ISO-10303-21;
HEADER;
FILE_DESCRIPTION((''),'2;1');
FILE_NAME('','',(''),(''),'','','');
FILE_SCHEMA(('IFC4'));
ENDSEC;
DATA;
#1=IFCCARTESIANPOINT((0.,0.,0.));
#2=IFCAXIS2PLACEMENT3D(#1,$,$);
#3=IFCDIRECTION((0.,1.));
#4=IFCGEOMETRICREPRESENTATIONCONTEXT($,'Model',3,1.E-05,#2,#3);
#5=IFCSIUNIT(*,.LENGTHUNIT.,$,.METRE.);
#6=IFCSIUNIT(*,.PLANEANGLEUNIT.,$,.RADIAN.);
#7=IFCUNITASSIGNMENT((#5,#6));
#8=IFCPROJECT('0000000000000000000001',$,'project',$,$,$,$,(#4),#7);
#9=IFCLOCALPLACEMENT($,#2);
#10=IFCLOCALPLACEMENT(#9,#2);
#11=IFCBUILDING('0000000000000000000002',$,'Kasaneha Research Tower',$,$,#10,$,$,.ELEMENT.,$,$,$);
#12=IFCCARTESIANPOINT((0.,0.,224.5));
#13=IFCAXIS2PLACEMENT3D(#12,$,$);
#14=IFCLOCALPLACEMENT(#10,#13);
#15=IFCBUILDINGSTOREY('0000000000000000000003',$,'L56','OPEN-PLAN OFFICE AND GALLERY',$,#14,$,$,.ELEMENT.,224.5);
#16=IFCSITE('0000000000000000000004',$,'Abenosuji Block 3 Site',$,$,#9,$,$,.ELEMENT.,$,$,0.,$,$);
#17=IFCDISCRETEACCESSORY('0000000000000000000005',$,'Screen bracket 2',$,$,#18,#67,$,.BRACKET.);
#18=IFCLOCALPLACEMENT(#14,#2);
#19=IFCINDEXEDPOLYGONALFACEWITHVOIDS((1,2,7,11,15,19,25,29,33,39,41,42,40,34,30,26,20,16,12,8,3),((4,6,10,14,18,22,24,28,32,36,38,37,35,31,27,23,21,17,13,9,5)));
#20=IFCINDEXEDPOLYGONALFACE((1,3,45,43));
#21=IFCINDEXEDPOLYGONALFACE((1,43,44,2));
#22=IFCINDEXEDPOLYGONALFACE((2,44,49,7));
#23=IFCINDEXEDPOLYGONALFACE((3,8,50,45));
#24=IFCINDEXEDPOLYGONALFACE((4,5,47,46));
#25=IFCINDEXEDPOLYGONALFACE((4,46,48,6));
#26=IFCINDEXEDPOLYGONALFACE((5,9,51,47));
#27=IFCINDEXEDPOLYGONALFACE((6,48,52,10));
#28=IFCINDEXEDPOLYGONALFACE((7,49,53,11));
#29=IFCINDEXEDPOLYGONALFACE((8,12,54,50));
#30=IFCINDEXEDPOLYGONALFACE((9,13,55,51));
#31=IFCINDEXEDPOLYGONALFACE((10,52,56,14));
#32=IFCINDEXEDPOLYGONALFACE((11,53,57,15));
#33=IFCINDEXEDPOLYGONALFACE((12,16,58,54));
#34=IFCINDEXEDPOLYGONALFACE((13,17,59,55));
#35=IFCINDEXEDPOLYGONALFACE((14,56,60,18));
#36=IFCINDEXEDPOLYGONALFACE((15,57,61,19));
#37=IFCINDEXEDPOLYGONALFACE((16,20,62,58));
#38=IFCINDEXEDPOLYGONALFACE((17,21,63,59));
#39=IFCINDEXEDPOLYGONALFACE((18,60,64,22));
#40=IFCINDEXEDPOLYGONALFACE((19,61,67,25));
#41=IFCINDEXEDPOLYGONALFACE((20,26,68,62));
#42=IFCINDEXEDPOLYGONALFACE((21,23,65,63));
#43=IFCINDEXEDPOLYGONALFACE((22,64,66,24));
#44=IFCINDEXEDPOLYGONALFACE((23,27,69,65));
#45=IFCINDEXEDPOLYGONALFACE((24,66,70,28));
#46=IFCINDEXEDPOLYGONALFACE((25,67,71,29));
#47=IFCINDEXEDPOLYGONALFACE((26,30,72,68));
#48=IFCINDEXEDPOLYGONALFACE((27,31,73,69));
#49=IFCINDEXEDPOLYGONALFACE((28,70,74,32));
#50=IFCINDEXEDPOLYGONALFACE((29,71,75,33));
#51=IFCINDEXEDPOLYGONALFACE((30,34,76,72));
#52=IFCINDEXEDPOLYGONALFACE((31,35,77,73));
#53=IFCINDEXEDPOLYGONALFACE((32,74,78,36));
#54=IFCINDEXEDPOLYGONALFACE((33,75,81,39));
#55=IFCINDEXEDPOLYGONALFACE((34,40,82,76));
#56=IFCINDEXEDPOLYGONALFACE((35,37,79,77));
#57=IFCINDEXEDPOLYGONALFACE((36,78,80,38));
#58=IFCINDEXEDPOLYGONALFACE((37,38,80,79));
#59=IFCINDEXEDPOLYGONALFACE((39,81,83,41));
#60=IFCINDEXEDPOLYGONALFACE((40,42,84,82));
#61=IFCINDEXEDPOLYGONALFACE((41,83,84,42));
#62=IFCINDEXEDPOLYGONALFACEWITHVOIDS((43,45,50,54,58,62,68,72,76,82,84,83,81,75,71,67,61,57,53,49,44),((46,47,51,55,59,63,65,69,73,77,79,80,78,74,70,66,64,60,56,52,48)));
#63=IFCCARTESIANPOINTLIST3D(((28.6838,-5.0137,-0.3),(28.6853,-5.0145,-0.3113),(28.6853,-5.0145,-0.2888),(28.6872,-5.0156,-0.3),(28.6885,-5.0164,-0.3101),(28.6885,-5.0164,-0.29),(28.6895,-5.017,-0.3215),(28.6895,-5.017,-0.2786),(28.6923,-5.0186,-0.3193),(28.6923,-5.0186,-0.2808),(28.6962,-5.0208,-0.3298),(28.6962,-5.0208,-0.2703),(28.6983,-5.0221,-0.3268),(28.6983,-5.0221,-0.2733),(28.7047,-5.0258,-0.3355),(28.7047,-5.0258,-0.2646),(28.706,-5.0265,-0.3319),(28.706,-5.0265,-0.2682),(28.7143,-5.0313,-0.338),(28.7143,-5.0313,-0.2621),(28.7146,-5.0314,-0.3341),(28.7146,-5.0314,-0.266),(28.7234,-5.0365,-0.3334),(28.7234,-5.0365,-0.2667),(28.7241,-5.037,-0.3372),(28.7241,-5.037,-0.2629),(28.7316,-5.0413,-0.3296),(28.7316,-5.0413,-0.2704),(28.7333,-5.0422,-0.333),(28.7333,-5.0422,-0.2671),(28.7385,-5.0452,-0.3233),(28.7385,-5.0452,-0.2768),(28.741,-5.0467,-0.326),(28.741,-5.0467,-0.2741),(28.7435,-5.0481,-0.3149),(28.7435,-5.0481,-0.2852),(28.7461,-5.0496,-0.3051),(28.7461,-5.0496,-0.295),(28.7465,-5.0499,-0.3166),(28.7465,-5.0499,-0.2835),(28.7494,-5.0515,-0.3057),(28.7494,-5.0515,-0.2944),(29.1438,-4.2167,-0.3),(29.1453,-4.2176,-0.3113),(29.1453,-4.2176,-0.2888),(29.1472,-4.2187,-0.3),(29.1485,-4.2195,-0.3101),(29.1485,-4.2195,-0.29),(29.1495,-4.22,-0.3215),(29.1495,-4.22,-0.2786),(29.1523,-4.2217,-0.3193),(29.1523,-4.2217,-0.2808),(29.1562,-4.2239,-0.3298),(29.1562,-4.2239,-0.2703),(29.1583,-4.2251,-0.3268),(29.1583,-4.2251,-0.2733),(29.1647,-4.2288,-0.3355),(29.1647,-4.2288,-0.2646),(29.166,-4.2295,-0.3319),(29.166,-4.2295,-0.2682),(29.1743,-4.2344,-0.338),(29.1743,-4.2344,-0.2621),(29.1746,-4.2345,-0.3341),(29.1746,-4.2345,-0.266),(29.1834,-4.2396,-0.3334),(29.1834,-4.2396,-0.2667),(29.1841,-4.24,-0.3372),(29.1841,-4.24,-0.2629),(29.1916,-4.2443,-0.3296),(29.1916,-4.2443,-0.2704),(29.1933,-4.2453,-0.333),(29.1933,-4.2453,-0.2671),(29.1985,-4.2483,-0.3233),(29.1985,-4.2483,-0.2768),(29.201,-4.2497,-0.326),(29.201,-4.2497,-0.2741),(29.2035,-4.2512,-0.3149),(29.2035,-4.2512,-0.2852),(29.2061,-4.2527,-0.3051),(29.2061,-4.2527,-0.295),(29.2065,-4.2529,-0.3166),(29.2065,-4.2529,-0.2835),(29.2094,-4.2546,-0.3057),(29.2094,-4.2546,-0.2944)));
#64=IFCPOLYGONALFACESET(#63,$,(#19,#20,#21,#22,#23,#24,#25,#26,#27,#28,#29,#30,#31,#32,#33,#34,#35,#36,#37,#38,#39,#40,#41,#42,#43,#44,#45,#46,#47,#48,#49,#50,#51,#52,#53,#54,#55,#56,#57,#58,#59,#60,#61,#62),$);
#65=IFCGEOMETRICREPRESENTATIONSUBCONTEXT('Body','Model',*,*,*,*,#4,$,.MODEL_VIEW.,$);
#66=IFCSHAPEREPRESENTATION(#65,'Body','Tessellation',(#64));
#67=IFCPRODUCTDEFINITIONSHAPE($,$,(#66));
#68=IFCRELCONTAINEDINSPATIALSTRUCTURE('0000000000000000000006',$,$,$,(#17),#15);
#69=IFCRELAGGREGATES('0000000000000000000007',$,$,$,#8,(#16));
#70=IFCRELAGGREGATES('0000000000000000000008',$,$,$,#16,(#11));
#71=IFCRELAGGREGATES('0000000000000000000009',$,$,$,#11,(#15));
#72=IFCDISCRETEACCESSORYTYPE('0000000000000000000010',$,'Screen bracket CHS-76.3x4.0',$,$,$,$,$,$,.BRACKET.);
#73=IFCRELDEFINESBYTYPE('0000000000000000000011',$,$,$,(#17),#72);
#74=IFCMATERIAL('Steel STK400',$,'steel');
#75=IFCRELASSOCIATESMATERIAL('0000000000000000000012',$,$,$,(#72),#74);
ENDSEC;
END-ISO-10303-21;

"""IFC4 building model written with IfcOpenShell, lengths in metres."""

from ifc_helpers import new_model, si_unit, direction, frame, origin, origin_2d, place, context, subcontext, project, spatial, hollow_circle, extrude, material, material_profile, profile_set, type_object, element, save


model = new_model("IFC4")

# Units and contexts
model_context = context("Model", 3, precision=1e-05, world=origin(), true_north=direction((0.0, 1.0)))
body_context = subcontext(model_context, "Body", "Model", "MODEL_VIEW")
ifc_project = project(units=[si_unit("LENGTHUNIT", "METRE"), si_unit("PLANEANGLEUNIT", "RADIAN")], contexts=[model_context])

# Site, building, storey
site_placement = place(None, origin())
site = spatial("IfcSite", under=ifc_project, at=site_placement, Name="Abenosuji Block 3 Site", CompositionType="ELEMENT", RefElevation=0.0)
building_placement = place(site_placement, origin())
building = spatial("IfcBuilding", under=site, at=building_placement, Name="Kasaneha Research Tower", CompositionType="ELEMENT")
storey_placement = place(building_placement, frame((0.0, 0.0, 224.5)))
storey = spatial("IfcBuildingStorey", under=building, at=storey_placement, Name="L56", Description="OPEN-PLAN OFFICE AND GALLERY", CompositionType="ELEMENT", Elevation=224.5)

# Discrete accessory
ifc_material_1 = material(Name="Steel STK400", Category="steel")
ifc_material_profile_1 = material_profile(ifc_material_1, hollow_circle(Radius=0.0381, WallThickness=0.0039, at=origin_2d()), Name="CHS-76.3x4.0")
ifc_profile_set_1 = profile_set([ifc_material_profile_1], Name="Steel STK400")
discrete_accessory_type = type_object("IfcDiscreteAccessoryType", Name="Screen bracket CHS-76.3x4.0", PredefinedType="BRACKET", material=ifc_profile_set_1)
discrete_accessory_1_placement = place(storey_placement, frame((28.7168, -5.0327, -0.3), z_axis=(0.499906, 0.86608, 0.0), x_axis=(-0.86608, 0.499906, 0.0)))
element("IfcDiscreteAccessory", 1, at=discrete_accessory_1_placement, inside=storey, type_object=discrete_accessory_type, Name="Screen bracket 2", PredefinedType="BRACKET", context=body_context, shape_type="SweptSolid", body=[
    extrude(hollow_circle(Radius=0.0381, WallThickness=0.0039, at=origin_2d()), origin(), (0.0, 0.0, 1.0), 0.9202),
])

save(model, "model.ifc")
